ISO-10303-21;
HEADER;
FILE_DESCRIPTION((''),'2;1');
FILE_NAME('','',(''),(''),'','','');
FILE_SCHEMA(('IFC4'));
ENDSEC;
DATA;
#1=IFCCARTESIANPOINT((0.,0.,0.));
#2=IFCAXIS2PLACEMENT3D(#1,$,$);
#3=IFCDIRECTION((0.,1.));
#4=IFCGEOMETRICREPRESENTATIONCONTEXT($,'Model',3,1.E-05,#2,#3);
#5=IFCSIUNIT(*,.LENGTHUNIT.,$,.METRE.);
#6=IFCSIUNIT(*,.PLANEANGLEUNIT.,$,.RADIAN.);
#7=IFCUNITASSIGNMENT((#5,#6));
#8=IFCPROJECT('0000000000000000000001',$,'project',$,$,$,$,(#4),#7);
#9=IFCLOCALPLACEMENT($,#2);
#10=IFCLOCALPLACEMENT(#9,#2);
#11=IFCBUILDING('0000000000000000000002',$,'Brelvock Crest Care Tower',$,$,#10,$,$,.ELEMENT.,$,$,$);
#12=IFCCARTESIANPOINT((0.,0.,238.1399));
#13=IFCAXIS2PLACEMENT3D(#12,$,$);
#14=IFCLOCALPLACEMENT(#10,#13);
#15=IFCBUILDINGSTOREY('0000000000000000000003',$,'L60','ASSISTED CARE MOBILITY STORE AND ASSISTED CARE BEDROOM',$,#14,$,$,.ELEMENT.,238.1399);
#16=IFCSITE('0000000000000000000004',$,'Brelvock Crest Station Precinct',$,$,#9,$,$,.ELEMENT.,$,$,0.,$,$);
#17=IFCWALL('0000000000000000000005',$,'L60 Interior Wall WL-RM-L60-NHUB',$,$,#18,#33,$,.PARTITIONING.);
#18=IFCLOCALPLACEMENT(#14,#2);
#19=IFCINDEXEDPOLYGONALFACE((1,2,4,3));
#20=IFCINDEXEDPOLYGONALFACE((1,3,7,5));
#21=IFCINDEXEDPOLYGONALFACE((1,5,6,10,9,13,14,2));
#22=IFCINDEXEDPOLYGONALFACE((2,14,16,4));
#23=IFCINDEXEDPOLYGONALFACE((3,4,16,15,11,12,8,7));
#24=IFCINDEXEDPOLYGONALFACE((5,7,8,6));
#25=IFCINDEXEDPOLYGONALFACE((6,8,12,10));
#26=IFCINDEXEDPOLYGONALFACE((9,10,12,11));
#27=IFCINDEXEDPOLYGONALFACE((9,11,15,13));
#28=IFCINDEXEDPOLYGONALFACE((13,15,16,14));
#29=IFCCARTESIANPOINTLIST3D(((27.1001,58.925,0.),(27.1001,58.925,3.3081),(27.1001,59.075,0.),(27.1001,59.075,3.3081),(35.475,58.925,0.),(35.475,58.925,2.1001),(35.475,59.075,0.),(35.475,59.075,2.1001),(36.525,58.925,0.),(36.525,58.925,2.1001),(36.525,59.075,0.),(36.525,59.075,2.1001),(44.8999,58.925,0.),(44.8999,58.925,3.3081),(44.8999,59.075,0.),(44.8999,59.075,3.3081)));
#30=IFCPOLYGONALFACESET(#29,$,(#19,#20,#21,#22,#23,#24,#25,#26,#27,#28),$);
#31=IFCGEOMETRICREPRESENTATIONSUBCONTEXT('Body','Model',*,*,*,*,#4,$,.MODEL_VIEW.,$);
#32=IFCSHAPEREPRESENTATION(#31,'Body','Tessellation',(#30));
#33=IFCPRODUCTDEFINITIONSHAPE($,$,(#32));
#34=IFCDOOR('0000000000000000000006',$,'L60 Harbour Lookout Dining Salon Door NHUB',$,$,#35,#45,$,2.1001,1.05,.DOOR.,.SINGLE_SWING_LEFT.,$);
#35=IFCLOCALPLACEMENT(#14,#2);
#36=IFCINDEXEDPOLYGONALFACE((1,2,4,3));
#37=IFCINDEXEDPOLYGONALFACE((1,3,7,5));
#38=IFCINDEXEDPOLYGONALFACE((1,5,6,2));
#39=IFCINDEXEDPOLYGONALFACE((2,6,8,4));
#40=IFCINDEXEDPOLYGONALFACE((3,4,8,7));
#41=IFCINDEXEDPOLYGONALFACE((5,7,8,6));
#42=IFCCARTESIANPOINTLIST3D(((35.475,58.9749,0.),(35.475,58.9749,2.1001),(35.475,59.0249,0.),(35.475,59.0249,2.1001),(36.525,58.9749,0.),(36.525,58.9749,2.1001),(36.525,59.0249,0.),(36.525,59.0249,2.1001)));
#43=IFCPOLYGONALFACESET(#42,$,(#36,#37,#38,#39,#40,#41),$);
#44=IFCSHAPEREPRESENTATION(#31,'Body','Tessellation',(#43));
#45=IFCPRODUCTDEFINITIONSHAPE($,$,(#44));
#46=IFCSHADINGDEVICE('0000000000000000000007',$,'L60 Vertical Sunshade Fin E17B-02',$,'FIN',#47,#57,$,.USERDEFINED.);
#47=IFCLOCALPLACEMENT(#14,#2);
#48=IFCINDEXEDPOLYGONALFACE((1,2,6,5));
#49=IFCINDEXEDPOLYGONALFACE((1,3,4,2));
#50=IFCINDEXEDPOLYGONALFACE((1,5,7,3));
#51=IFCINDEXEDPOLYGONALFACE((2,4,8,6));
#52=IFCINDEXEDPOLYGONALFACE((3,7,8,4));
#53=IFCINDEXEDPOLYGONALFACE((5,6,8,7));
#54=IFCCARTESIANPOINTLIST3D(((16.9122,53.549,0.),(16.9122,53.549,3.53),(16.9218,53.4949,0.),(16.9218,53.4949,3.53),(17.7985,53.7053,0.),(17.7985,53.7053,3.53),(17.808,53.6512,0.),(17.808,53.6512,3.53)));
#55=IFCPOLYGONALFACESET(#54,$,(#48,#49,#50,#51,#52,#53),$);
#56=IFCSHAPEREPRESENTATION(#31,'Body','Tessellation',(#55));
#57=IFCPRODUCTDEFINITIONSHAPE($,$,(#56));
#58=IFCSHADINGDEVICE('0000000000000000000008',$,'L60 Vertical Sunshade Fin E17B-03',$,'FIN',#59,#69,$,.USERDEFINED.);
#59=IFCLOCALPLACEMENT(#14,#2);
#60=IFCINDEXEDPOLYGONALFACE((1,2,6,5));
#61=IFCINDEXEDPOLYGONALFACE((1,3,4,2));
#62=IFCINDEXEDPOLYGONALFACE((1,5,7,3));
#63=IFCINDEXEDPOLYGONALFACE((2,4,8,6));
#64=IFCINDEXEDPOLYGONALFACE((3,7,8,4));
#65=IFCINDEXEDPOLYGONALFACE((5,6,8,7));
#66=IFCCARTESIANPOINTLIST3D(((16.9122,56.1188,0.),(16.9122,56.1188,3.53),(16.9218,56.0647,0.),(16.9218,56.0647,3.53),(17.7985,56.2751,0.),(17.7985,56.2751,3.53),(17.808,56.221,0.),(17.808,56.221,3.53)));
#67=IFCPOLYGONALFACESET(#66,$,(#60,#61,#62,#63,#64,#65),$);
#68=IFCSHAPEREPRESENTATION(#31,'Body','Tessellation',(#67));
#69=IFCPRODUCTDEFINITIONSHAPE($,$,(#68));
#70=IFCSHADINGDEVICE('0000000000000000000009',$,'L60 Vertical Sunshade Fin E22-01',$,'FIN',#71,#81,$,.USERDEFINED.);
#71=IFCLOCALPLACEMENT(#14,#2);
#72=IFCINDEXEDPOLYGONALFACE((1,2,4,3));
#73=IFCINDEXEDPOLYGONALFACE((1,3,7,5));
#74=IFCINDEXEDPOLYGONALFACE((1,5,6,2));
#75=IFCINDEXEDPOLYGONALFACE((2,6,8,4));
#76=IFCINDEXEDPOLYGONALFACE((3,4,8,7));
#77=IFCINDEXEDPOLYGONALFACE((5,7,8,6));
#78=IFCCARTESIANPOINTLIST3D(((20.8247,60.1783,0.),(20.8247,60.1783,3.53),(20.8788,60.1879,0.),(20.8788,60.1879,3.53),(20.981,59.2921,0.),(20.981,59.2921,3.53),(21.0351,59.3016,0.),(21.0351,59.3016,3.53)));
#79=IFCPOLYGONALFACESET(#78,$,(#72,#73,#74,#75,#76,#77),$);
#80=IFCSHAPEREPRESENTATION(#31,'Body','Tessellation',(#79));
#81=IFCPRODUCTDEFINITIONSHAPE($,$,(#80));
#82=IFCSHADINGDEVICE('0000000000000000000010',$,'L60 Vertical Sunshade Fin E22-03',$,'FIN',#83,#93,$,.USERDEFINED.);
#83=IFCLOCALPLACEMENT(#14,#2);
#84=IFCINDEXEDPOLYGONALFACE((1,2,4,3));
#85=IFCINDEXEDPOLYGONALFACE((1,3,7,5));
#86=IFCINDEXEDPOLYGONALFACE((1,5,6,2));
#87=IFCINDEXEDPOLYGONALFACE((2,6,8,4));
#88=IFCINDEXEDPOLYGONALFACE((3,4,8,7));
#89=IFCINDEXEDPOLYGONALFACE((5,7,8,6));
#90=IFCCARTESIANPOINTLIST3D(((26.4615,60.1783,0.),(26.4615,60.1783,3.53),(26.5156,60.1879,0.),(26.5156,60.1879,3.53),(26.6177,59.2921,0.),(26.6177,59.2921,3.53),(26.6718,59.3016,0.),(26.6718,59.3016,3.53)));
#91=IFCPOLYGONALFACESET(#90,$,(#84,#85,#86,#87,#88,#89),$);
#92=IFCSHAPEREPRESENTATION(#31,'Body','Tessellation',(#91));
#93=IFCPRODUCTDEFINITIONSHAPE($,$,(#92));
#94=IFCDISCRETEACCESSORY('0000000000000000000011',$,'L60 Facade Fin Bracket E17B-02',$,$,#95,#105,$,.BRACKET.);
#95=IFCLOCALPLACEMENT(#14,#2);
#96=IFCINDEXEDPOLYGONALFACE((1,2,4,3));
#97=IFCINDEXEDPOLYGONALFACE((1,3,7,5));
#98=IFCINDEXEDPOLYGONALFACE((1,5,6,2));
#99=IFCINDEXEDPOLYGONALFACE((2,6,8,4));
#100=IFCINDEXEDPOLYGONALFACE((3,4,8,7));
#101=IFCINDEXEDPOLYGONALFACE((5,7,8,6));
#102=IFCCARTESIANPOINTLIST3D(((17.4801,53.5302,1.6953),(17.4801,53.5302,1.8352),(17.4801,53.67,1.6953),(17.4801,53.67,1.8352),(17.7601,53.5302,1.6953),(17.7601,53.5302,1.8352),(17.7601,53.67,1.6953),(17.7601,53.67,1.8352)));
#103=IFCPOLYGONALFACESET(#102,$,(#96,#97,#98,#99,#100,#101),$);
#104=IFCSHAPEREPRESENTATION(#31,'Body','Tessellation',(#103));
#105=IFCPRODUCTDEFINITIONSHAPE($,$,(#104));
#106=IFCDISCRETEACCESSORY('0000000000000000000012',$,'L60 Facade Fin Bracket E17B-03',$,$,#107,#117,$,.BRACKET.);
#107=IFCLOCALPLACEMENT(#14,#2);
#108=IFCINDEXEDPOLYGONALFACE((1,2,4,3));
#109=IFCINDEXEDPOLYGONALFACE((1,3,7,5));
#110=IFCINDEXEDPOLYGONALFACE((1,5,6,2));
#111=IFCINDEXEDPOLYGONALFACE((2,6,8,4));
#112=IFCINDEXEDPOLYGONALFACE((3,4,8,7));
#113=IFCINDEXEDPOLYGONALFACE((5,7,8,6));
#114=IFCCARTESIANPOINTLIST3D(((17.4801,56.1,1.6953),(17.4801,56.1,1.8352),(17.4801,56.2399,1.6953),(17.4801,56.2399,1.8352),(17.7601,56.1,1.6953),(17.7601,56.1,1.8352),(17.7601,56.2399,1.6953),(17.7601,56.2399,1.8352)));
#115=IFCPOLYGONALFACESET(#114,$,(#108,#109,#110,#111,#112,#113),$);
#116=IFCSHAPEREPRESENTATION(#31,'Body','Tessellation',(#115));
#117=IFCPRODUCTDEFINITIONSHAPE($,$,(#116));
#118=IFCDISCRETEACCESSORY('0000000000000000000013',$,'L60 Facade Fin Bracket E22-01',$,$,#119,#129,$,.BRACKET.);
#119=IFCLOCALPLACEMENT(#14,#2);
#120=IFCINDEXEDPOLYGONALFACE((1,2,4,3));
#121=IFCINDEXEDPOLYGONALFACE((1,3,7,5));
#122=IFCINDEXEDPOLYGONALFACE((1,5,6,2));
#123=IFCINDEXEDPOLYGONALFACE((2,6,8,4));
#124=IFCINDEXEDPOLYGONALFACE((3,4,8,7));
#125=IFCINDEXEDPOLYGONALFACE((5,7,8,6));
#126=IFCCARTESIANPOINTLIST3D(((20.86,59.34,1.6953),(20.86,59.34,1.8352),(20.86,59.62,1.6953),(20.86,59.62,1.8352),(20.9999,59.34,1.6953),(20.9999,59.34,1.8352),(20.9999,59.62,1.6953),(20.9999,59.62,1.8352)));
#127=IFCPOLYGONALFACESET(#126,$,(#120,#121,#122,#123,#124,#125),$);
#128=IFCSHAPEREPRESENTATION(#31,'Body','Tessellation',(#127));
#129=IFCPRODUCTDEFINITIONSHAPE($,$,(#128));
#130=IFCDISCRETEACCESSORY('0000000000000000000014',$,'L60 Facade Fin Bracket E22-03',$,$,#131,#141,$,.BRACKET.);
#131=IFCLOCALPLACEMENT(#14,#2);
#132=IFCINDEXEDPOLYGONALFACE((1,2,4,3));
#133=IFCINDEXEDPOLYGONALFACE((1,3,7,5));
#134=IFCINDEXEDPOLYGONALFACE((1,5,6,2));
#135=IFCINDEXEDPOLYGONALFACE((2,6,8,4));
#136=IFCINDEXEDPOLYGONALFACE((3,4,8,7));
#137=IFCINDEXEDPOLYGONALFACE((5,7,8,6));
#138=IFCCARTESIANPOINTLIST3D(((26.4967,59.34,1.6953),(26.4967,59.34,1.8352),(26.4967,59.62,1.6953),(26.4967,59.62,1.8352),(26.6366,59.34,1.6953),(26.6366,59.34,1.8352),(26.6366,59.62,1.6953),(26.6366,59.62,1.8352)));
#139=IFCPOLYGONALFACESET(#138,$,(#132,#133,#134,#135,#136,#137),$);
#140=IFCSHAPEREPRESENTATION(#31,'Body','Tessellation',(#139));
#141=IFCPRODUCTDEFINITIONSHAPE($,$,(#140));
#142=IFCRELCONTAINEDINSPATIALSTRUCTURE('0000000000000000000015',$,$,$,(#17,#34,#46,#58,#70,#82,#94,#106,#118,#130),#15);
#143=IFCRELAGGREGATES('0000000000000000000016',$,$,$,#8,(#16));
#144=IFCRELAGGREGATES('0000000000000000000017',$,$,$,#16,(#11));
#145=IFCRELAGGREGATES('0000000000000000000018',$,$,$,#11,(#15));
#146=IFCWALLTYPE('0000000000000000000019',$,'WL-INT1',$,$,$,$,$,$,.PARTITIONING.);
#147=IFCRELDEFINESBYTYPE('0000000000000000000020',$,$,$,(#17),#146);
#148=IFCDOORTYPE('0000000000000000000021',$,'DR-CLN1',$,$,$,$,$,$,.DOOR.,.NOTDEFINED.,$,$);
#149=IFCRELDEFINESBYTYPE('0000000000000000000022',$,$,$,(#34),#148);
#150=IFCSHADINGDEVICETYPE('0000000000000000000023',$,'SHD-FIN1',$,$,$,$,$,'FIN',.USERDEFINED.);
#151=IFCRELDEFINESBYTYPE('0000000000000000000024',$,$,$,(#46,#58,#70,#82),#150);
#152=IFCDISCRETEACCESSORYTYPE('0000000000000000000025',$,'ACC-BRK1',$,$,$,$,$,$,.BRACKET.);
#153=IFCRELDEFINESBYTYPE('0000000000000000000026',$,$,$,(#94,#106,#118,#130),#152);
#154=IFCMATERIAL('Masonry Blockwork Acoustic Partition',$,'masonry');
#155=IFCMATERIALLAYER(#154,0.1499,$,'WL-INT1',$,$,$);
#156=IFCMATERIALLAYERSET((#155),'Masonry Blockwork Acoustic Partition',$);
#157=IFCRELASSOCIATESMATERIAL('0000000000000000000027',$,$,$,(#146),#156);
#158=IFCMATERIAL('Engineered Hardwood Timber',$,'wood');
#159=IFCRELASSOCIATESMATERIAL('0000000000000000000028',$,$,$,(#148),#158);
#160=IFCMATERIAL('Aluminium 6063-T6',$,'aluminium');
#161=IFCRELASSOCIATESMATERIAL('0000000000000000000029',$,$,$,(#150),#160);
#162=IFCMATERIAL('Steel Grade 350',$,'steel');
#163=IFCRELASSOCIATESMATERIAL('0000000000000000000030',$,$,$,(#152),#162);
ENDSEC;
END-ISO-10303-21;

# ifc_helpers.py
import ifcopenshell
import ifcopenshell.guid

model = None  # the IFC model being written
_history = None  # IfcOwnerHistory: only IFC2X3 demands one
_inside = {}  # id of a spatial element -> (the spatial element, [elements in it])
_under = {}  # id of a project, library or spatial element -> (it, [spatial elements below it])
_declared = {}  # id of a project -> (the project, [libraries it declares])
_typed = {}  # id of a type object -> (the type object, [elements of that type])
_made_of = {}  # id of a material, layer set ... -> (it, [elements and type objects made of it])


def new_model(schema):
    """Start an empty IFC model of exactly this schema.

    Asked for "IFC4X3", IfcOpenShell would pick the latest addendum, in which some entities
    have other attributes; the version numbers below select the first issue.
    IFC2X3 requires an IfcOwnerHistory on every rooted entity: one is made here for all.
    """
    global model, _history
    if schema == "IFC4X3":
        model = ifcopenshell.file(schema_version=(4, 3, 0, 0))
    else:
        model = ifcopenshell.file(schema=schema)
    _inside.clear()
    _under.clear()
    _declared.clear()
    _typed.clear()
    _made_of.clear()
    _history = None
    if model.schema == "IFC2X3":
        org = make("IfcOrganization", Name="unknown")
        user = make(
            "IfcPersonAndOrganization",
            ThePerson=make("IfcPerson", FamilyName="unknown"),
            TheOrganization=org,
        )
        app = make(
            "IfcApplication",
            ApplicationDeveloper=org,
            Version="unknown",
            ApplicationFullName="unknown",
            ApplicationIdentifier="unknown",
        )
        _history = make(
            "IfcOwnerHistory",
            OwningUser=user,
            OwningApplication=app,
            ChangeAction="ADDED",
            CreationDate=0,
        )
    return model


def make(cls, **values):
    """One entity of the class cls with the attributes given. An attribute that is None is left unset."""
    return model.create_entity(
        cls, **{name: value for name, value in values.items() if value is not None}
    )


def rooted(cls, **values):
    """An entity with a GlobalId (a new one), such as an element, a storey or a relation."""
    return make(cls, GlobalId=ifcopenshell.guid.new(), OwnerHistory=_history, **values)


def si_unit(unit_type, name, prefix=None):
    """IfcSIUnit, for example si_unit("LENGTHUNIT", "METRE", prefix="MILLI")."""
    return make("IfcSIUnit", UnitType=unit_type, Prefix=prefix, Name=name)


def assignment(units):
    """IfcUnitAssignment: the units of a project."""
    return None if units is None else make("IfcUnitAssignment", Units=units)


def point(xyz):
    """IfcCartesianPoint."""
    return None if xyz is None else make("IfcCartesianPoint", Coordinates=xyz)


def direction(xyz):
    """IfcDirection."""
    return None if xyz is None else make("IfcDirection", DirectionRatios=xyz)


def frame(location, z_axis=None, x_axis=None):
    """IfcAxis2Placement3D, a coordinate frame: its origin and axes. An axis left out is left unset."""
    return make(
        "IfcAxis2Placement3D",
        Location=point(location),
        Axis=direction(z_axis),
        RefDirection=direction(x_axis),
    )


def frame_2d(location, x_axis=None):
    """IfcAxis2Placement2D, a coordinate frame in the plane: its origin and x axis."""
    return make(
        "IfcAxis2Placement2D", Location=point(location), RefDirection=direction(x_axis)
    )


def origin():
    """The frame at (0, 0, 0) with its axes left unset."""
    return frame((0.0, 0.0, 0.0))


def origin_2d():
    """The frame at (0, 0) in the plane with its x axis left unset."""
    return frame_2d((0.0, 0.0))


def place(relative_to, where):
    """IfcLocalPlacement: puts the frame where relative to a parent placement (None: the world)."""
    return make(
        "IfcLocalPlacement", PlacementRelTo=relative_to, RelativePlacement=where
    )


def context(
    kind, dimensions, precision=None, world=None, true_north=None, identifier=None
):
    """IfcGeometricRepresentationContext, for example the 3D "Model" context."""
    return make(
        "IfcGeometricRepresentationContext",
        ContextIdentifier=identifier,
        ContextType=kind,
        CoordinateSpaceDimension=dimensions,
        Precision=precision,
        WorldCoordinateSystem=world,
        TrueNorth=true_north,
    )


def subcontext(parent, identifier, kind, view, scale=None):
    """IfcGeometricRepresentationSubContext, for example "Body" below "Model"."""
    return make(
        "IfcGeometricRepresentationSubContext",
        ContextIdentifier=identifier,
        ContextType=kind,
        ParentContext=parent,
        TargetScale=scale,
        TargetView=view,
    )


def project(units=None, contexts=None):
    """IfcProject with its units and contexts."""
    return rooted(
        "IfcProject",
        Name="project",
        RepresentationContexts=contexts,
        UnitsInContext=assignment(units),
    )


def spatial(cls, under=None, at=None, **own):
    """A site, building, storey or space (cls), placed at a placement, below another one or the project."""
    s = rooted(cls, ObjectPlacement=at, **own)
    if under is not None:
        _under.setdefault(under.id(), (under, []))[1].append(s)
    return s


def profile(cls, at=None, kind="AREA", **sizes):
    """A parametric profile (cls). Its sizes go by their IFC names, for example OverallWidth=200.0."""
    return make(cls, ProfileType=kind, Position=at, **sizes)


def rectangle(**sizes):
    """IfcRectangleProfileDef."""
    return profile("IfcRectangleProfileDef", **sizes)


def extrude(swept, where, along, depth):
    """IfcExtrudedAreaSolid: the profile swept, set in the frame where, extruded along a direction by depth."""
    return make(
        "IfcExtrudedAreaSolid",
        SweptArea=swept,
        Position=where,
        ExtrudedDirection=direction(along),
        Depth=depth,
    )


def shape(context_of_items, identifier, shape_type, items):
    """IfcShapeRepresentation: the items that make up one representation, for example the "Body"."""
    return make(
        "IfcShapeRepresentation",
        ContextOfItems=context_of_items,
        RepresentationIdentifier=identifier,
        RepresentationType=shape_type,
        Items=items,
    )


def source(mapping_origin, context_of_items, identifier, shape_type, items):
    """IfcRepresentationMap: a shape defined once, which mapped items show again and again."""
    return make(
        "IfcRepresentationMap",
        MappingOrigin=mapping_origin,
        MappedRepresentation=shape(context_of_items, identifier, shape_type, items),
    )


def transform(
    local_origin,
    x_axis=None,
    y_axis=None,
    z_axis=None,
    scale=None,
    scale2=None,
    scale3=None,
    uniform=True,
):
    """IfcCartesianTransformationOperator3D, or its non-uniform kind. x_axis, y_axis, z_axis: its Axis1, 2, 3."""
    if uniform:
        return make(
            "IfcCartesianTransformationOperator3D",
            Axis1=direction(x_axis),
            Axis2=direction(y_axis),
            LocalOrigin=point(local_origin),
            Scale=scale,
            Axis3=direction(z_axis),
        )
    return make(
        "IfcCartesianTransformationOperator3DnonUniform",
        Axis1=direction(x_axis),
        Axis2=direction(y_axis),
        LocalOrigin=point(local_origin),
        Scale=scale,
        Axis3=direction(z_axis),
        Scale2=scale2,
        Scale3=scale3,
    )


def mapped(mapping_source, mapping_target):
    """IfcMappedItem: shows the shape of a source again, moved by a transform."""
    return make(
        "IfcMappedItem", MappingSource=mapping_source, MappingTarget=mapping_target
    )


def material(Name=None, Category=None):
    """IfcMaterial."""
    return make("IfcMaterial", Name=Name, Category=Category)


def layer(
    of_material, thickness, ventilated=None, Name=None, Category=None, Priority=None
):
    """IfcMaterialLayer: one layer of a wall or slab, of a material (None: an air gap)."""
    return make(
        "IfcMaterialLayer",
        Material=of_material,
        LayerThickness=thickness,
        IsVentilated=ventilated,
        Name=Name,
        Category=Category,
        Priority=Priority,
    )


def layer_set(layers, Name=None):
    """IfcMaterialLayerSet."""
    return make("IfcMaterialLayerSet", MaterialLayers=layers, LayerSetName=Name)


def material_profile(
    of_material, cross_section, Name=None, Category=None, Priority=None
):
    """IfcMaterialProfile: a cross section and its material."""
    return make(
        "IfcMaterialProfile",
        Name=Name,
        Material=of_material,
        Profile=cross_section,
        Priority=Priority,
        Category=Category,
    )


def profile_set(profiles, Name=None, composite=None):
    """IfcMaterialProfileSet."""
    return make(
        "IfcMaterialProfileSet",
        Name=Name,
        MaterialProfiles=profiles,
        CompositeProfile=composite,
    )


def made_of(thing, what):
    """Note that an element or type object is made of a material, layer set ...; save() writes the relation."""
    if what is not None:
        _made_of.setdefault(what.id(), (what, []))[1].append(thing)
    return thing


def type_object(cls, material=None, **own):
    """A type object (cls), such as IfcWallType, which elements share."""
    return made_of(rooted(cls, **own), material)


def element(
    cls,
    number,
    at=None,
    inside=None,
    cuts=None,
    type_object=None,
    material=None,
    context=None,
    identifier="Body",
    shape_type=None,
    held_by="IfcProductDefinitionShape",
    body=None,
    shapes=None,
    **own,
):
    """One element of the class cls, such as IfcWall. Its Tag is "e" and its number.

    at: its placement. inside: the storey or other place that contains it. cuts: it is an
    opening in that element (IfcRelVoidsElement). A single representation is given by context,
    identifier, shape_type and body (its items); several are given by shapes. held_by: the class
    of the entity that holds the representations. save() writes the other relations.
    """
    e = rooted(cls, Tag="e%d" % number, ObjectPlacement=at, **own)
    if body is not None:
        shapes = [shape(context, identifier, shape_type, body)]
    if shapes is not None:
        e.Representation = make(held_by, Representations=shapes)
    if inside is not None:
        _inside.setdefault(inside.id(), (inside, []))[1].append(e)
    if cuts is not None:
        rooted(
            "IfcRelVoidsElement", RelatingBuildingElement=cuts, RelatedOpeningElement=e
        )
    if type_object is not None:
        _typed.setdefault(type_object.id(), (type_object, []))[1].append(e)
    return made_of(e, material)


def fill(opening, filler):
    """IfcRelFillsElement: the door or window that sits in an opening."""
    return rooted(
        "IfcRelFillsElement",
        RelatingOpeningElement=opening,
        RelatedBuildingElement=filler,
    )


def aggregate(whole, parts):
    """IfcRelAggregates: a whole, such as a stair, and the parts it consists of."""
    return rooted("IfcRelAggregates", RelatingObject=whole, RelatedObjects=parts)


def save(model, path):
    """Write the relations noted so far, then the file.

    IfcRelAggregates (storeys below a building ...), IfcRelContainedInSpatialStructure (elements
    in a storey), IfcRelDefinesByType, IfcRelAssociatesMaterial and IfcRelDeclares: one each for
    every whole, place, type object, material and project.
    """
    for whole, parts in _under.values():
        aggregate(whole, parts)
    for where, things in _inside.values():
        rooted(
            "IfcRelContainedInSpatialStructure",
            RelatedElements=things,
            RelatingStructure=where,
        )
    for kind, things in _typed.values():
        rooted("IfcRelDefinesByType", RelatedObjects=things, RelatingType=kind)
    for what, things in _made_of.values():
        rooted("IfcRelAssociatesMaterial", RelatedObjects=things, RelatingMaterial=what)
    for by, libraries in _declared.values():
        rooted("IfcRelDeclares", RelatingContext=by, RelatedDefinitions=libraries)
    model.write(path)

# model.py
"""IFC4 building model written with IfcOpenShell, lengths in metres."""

from ifc_helpers import new_model, si_unit, direction, frame, frame_2d, origin, origin_2d, place, context, subcontext, project, spatial, rectangle, extrude, source, transform, mapped, material, layer, layer_set, material_profile, profile_set, type_object, element, fill, save


model = new_model("IFC4")

# Units and contexts
model_context = context("Model", 3, precision=1e-05, world=origin(), true_north=direction((0.0, 1.0)))
body_context = subcontext(model_context, "Body", "Model", "MODEL_VIEW")
ifc_project = project(units=[si_unit("LENGTHUNIT", "METRE"), si_unit("PLANEANGLEUNIT", "RADIAN")], contexts=[model_context])

# Site, building, storey
site_placement = place(None, origin())
site = spatial("IfcSite", under=ifc_project, at=site_placement, Name="Brelvock Crest Station Precinct", CompositionType="ELEMENT", RefElevation=0.0)
building_placement = place(site_placement, origin())
building = spatial("IfcBuilding", under=site, at=building_placement, Name="Brelvock Crest Care Tower", CompositionType="ELEMENT")
storey_placement = place(building_placement, frame((0.0, 0.0, 238.1399)))
storey = spatial("IfcBuildingStorey", under=building, at=storey_placement, Name="L60", Description="ASSISTED CARE MOBILITY STORE AND ASSISTED CARE BEDROOM", CompositionType="ELEMENT", Elevation=238.1399)

# Shared definitions
ifc_material_1 = material(Name="Steel Grade 350", Category="steel")

# Shared definitions
ifc_material_2 = material(Name="Aluminium 6063-T6", Category="aluminium")

# Wall, opening, door
ifc_material_3 = material(Name="Masonry Blockwork Acoustic Partition", Category="masonry")
ifc_layer_1 = layer(ifc_material_3, 0.1499, Name="WL-INT1")
ifc_layer_set_1 = layer_set([ifc_layer_1], Name="Masonry Blockwork Acoustic Partition")
wall_type_1 = type_object("IfcWallType", Name="WL-INT1", PredefinedType="PARTITIONING", material=ifc_layer_set_1)
wall_placement = place(storey_placement, frame((27.1001, 59.0, 0.0), z_axis=(0.0, 0.0, 1.0), x_axis=(1.0, 0.0, 0.0)))
wall = element("IfcWall", 1, at=wall_placement, inside=storey, type_object=wall_type_1, Name="L60 Interior Wall WL-RM-L60-NHUB", PredefinedType="PARTITIONING", context=body_context, shape_type="SweptSolid", body=[
    extrude(rectangle(XDim=17.7998, YDim=0.1499, at=frame_2d((8.8999, 0.0))), origin(), (0.0, 0.0, 1.0), 3.3081),
])
opening_placement = place(wall_placement, frame((8.375, 0.0, 0.0)))
opening = element("IfcOpeningElement", 2, at=opening_placement, cuts=wall, PredefinedType="OPENING", context=body_context, shape_type="SweptSolid", body=[
    extrude(rectangle(XDim=1.05, YDim=2.1001, at=origin_2d()), frame((0.5249, 0.085, 1.05), z_axis=(0.0, -1.0, 0.0), x_axis=(1.0, 0.0, 0.0)), (0.0, 0.0, 1.0), 0.1699),
])
ifc_material_4 = material(Name="Engineered Hardwood Timber", Category="wood")
door_type = type_object("IfcDoorType", Name="DR-CLN1", OperationType="NOTDEFINED", PredefinedType="DOOR", material=ifc_material_4)
shared_shape_1 = source(origin(), body_context, "Body", "SweptSolid", [
    extrude(rectangle(XDim=1.05, YDim=2.1001, at=origin_2d()), frame((0.5249, 0.0249, 1.05), z_axis=(0.0, -1.0, 0.0), x_axis=(1.0, 0.0, 0.0)), (0.0, 0.0, 1.0), 0.05),
])
door_placement = place(opening_placement, origin())
door = element("IfcDoor", 3, at=door_placement, inside=storey, type_object=door_type, Name="L60 Harbour Lookout Dining Salon Door NHUB", OperationType="SINGLE_SWING_LEFT", OverallHeight=2.1001, OverallWidth=1.05, PredefinedType="DOOR", context=body_context, shape_type="MappedRepresentation", body=[
    mapped(shared_shape_1, transform((0.0, 0.0, 0.0), x_axis=(1.0, 0.0, 0.0), y_axis=(0.0, 1.0, 0.0), z_axis=(0.0, 0.0, 1.0), scale=1.0)),
])
fill(opening, door)

# Shading devices
ifc_material_profile_1 = material_profile(ifc_material_2, rectangle(XDim=0.0549, YDim=0.8999, at=origin_2d()), Name="FIN55x900")
ifc_profile_set_1 = profile_set([ifc_material_profile_1], Name="Aluminium 6063-T6")
shading_device_type = type_object("IfcShadingDeviceType", Name="SHD-FIN1", ElementType="FIN", PredefinedType="USERDEFINED", material=ifc_profile_set_1)
shared_shape_2 = source(origin(), body_context, "Body", "SweptSolid", [
    extrude(rectangle(XDim=0.0549, YDim=0.8999, at=origin_2d()), origin(), (0.0, 0.0, 1.0), 3.53),
])
for number, where, z_axis, x_axis, name in (
    (4, (17.3601, 53.6001, 0.0), (0.0, 0.0, 1.0), (-0.173648, 0.984808, 0.0), "L60 Vertical Sunshade Fin E17B-02"),
    (5, (17.3601, 56.1699, 0.0), (0.0, 0.0, 1.0), (-0.173648, 0.984808, 0.0), "L60 Vertical Sunshade Fin E17B-03"),
    (6, (20.9299, 59.74, 0.0), (0.0, 0.0, 1.0), (0.984808, 0.173648, 0.0), "L60 Vertical Sunshade Fin E22-01"),
    (7, (26.5667, 59.74, 0.0), (0.0, 0.0, 1.0), (0.984808, 0.173648, 0.0), "L60 Vertical Sunshade Fin E22-03"),
):
    element("IfcShadingDevice", number, at=place(storey_placement, frame(where, z_axis=z_axis, x_axis=x_axis)), inside=storey, type_object=shading_device_type, Name=name, ObjectType="FIN", PredefinedType="USERDEFINED", context=body_context, shape_type="MappedRepresentation", body=[
        mapped(shared_shape_2, transform((0.0, 0.0, 0.0), x_axis=(1.0, 0.0, 0.0), y_axis=(0.0, 1.0, 0.0), z_axis=(0.0, 0.0, 1.0), scale=1.0)),
    ])

# Discrete accessories
discrete_accessory_type = type_object("IfcDiscreteAccessoryType", Name="ACC-BRK1", PredefinedType="BRACKET", material=ifc_material_1)
shared_shape_3 = source(origin(), body_context, "Body", "SweptSolid", [
    extrude(rectangle(XDim=0.28, YDim=0.1399, at=origin_2d()), origin(), (0.0, 0.0, 1.0), 0.1399),
])
for number, where, z_axis, x_axis, name in (
    (8, (17.6201, 53.6001, 1.6953), (0.0, 0.0, 1.0), (-1.0, 0.0, 0.0), "L60 Facade Fin Bracket E17B-02"),
    (9, (17.6201, 56.1699, 1.6953), (0.0, 0.0, 1.0), (-1.0, 0.0, 0.0), "L60 Facade Fin Bracket E17B-03"),
    (10, (20.9299, 59.48, 1.6953), (0.0, 0.0, 1.0), (0.0, 1.0, 0.0), "L60 Facade Fin Bracket E22-01"),
    (11, (26.5667, 59.48, 1.6953), (0.0, 0.0, 1.0), (0.0, 1.0, 0.0), "L60 Facade Fin Bracket E22-03"),
):
    element("IfcDiscreteAccessory", number, at=place(storey_placement, frame(where, z_axis=z_axis, x_axis=x_axis)), inside=storey, type_object=discrete_accessory_type, Name=name, PredefinedType="BRACKET", context=body_context, shape_type="MappedRepresentation", body=[
        mapped(shared_shape_3, transform((0.0, 0.0, 0.0), x_axis=(1.0, 0.0, 0.0), y_axis=(0.0, 1.0, 0.0), z_axis=(0.0, 0.0, 1.0), scale=1.0)),
    ])

save(model, "model.ifc")
